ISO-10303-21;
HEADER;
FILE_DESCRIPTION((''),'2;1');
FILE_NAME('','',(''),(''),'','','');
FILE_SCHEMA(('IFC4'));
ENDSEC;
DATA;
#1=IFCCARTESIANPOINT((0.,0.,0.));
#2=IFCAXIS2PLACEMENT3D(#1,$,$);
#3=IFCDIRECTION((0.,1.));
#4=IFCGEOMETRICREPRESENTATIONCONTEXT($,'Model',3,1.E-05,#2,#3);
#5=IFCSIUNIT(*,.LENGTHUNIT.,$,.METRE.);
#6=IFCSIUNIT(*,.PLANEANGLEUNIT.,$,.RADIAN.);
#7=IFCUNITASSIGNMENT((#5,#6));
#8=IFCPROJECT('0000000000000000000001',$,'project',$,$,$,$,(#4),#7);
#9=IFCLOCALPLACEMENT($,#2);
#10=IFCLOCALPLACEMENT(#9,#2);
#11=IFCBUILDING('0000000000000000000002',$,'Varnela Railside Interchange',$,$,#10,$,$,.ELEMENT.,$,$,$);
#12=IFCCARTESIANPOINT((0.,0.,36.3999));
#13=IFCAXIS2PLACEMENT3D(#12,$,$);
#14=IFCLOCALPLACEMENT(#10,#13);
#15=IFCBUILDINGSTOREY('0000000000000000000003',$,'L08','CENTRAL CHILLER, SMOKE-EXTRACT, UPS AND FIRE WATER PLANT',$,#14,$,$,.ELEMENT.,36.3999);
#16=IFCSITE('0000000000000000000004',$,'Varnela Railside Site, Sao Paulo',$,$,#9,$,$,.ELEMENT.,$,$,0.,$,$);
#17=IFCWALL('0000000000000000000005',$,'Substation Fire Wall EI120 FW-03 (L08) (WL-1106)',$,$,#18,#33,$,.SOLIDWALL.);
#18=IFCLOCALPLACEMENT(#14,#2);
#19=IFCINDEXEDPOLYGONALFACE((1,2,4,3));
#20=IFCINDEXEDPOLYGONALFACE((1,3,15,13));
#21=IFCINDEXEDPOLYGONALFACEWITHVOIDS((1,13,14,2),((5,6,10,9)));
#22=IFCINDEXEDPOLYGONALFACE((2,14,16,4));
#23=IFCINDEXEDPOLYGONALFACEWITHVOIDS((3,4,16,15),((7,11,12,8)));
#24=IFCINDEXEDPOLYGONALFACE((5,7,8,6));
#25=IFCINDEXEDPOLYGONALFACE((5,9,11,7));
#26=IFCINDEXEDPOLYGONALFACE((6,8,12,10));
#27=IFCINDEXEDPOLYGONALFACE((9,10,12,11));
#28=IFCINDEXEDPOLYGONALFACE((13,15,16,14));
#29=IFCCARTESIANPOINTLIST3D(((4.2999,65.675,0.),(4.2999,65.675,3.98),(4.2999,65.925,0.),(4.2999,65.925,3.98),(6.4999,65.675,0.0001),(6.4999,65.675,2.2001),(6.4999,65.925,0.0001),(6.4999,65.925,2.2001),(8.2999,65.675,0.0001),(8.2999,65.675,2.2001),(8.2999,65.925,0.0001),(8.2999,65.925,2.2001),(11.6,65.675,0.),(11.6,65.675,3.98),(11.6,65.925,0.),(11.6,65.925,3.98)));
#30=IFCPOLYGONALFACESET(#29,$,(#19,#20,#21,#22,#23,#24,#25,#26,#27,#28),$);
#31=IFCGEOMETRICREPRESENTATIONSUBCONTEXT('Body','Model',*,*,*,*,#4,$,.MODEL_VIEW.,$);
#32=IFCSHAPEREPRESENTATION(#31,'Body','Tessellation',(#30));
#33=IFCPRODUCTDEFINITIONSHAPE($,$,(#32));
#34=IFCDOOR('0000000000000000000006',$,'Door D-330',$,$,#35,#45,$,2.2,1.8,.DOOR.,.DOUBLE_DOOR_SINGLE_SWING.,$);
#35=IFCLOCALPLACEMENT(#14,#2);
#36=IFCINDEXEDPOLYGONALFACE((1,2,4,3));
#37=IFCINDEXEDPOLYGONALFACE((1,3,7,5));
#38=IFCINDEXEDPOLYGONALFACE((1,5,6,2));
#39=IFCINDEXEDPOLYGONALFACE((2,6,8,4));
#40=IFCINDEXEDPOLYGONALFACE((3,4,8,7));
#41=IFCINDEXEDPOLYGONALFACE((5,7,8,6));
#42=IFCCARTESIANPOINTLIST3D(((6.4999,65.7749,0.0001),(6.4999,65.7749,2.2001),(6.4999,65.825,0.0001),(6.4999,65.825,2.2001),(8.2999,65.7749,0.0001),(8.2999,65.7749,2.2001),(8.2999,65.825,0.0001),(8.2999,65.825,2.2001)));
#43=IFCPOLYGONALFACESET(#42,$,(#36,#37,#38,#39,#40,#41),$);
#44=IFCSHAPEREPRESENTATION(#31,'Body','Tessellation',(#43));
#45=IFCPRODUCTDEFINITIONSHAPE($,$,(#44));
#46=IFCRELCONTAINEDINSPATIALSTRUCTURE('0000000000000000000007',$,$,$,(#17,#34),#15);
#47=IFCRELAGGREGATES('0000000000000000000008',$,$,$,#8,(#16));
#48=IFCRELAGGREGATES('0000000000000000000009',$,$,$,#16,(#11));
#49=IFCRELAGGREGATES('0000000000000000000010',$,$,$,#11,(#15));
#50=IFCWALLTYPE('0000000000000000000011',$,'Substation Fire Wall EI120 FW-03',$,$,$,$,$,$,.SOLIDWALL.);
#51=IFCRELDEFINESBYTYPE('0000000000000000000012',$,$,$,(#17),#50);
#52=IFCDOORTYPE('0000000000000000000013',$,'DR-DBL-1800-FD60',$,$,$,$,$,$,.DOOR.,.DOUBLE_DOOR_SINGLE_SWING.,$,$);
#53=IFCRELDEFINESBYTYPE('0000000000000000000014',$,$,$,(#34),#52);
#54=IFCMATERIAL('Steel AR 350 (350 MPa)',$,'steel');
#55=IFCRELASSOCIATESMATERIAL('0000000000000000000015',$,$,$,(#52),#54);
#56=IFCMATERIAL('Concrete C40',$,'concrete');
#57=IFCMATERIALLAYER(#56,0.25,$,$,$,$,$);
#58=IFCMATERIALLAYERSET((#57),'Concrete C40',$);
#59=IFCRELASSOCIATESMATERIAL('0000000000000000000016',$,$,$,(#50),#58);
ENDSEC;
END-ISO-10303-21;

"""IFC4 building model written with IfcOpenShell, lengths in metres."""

from ifc_helpers import new_model, si_unit, direction, frame, frame_2d, origin, place, context, subcontext, project, spatial, rectangle, extrude, material, layer, layer_set, type_object, element, fill, save


model = new_model("IFC4")

# Units and contexts
model_context = context("Model", 3, precision=1e-05, world=origin(), true_north=direction((0.0, 1.0)))
body_context = subcontext(model_context, "Body", "Model", "MODEL_VIEW")
ifc_project = project(units=[si_unit("LENGTHUNIT", "METRE"), si_unit("PLANEANGLEUNIT", "RADIAN")], contexts=[model_context])

# Site, building, storey
site_placement = place(None, origin())
site = spatial("IfcSite", under=ifc_project, at=site_placement, Name="Varnela Railside Site, Sao Paulo", CompositionType="ELEMENT", RefElevation=0.0)
building_placement = place(site_placement, origin())
building = spatial("IfcBuilding", under=site, at=building_placement, Name="Varnela Railside Interchange", CompositionType="ELEMENT")
storey_placement = place(building_placement, frame((0.0, 0.0, 36.3999)))
storey = spatial("IfcBuildingStorey", under=building, at=storey_placement, Name="L08", Description="CENTRAL CHILLER, SMOKE-EXTRACT, UPS AND FIRE WATER PLANT", CompositionType="ELEMENT", Elevation=36.3999)

# Shared definitions
ifc_material_1 = material(Name="Steel AR 350 (350 MPa)", Category="steel")

# Shared definitions
door_type_1 = type_object("IfcDoorType", Name="DR-DBL-1800-FD60", OperationType="DOUBLE_DOOR_SINGLE_SWING", PredefinedType="DOOR", material=ifc_material_1)

# Wall, opening, door
ifc_material_2 = material(Name="Concrete C40", Category="concrete")
ifc_layer_1 = layer(ifc_material_2, 0.25)
ifc_layer_set_1 = layer_set([ifc_layer_1], Name="Concrete C40")
wall_type_1 = type_object("IfcWallType", Name="Substation Fire Wall EI120 FW-03", PredefinedType="SOLIDWALL", material=ifc_layer_set_1)
wall_1_placement = place(storey_placement, frame((4.3, 65.8, 0.0), z_axis=(0.0, 0.0, 1.0), x_axis=(1.0, 0.0, 0.0)))
wall_1 = element("IfcWall", 1, at=wall_1_placement, inside=storey, type_object=wall_type_1, Name="Substation Fire Wall EI120 FW-03 (L08) (WL-1106)", PredefinedType="SOLIDWALL", context=body_context, shape_type="SweptSolid", body=[
    extrude(rectangle(XDim=7.3, YDim=0.25, at=frame_2d((3.6499, 0.0))), origin(), (0.0, 0.0, 1.0), 3.98),
])
opening_1_placement = place(wall_1_placement, frame((2.2, 0.0, 0.0)))
opening_1 = element("IfcOpeningElement", 2, at=opening_1_placement, cuts=wall_1, PredefinedType="OPENING", context=body_context, shape_type="SweptSolid", body=[
    extrude(rectangle(XDim=1.8, YDim=2.2, at=frame_2d((0.8999, 1.1001))), frame((0.0, 0.135, 0.0), z_axis=(0.0, -1.0, 0.0), x_axis=(1.0, 0.0, 0.0)), (0.0, 0.0, 1.0), 0.27),
])
door_1_placement = place(opening_1_placement, origin())
door_1 = element("IfcDoor", 3, at=door_1_placement, inside=storey, type_object=door_type_1, Name="Door D-330", OperationType="DOUBLE_DOOR_SINGLE_SWING", OverallHeight=2.2, OverallWidth=1.8, PredefinedType="DOOR", context=body_context, shape_type="SweptSolid", body=[
    extrude(rectangle(XDim=1.8, YDim=2.2, at=frame_2d((0.8999, 1.1001))), frame((0.0, 0.0249, 0.0), z_axis=(0.0, -1.0, 0.0), x_axis=(1.0, 0.0, 0.0)), (0.0, 0.0, 1.0), 0.05),
])
fill(opening_1, door_1)

save(model, "model.ifc")
